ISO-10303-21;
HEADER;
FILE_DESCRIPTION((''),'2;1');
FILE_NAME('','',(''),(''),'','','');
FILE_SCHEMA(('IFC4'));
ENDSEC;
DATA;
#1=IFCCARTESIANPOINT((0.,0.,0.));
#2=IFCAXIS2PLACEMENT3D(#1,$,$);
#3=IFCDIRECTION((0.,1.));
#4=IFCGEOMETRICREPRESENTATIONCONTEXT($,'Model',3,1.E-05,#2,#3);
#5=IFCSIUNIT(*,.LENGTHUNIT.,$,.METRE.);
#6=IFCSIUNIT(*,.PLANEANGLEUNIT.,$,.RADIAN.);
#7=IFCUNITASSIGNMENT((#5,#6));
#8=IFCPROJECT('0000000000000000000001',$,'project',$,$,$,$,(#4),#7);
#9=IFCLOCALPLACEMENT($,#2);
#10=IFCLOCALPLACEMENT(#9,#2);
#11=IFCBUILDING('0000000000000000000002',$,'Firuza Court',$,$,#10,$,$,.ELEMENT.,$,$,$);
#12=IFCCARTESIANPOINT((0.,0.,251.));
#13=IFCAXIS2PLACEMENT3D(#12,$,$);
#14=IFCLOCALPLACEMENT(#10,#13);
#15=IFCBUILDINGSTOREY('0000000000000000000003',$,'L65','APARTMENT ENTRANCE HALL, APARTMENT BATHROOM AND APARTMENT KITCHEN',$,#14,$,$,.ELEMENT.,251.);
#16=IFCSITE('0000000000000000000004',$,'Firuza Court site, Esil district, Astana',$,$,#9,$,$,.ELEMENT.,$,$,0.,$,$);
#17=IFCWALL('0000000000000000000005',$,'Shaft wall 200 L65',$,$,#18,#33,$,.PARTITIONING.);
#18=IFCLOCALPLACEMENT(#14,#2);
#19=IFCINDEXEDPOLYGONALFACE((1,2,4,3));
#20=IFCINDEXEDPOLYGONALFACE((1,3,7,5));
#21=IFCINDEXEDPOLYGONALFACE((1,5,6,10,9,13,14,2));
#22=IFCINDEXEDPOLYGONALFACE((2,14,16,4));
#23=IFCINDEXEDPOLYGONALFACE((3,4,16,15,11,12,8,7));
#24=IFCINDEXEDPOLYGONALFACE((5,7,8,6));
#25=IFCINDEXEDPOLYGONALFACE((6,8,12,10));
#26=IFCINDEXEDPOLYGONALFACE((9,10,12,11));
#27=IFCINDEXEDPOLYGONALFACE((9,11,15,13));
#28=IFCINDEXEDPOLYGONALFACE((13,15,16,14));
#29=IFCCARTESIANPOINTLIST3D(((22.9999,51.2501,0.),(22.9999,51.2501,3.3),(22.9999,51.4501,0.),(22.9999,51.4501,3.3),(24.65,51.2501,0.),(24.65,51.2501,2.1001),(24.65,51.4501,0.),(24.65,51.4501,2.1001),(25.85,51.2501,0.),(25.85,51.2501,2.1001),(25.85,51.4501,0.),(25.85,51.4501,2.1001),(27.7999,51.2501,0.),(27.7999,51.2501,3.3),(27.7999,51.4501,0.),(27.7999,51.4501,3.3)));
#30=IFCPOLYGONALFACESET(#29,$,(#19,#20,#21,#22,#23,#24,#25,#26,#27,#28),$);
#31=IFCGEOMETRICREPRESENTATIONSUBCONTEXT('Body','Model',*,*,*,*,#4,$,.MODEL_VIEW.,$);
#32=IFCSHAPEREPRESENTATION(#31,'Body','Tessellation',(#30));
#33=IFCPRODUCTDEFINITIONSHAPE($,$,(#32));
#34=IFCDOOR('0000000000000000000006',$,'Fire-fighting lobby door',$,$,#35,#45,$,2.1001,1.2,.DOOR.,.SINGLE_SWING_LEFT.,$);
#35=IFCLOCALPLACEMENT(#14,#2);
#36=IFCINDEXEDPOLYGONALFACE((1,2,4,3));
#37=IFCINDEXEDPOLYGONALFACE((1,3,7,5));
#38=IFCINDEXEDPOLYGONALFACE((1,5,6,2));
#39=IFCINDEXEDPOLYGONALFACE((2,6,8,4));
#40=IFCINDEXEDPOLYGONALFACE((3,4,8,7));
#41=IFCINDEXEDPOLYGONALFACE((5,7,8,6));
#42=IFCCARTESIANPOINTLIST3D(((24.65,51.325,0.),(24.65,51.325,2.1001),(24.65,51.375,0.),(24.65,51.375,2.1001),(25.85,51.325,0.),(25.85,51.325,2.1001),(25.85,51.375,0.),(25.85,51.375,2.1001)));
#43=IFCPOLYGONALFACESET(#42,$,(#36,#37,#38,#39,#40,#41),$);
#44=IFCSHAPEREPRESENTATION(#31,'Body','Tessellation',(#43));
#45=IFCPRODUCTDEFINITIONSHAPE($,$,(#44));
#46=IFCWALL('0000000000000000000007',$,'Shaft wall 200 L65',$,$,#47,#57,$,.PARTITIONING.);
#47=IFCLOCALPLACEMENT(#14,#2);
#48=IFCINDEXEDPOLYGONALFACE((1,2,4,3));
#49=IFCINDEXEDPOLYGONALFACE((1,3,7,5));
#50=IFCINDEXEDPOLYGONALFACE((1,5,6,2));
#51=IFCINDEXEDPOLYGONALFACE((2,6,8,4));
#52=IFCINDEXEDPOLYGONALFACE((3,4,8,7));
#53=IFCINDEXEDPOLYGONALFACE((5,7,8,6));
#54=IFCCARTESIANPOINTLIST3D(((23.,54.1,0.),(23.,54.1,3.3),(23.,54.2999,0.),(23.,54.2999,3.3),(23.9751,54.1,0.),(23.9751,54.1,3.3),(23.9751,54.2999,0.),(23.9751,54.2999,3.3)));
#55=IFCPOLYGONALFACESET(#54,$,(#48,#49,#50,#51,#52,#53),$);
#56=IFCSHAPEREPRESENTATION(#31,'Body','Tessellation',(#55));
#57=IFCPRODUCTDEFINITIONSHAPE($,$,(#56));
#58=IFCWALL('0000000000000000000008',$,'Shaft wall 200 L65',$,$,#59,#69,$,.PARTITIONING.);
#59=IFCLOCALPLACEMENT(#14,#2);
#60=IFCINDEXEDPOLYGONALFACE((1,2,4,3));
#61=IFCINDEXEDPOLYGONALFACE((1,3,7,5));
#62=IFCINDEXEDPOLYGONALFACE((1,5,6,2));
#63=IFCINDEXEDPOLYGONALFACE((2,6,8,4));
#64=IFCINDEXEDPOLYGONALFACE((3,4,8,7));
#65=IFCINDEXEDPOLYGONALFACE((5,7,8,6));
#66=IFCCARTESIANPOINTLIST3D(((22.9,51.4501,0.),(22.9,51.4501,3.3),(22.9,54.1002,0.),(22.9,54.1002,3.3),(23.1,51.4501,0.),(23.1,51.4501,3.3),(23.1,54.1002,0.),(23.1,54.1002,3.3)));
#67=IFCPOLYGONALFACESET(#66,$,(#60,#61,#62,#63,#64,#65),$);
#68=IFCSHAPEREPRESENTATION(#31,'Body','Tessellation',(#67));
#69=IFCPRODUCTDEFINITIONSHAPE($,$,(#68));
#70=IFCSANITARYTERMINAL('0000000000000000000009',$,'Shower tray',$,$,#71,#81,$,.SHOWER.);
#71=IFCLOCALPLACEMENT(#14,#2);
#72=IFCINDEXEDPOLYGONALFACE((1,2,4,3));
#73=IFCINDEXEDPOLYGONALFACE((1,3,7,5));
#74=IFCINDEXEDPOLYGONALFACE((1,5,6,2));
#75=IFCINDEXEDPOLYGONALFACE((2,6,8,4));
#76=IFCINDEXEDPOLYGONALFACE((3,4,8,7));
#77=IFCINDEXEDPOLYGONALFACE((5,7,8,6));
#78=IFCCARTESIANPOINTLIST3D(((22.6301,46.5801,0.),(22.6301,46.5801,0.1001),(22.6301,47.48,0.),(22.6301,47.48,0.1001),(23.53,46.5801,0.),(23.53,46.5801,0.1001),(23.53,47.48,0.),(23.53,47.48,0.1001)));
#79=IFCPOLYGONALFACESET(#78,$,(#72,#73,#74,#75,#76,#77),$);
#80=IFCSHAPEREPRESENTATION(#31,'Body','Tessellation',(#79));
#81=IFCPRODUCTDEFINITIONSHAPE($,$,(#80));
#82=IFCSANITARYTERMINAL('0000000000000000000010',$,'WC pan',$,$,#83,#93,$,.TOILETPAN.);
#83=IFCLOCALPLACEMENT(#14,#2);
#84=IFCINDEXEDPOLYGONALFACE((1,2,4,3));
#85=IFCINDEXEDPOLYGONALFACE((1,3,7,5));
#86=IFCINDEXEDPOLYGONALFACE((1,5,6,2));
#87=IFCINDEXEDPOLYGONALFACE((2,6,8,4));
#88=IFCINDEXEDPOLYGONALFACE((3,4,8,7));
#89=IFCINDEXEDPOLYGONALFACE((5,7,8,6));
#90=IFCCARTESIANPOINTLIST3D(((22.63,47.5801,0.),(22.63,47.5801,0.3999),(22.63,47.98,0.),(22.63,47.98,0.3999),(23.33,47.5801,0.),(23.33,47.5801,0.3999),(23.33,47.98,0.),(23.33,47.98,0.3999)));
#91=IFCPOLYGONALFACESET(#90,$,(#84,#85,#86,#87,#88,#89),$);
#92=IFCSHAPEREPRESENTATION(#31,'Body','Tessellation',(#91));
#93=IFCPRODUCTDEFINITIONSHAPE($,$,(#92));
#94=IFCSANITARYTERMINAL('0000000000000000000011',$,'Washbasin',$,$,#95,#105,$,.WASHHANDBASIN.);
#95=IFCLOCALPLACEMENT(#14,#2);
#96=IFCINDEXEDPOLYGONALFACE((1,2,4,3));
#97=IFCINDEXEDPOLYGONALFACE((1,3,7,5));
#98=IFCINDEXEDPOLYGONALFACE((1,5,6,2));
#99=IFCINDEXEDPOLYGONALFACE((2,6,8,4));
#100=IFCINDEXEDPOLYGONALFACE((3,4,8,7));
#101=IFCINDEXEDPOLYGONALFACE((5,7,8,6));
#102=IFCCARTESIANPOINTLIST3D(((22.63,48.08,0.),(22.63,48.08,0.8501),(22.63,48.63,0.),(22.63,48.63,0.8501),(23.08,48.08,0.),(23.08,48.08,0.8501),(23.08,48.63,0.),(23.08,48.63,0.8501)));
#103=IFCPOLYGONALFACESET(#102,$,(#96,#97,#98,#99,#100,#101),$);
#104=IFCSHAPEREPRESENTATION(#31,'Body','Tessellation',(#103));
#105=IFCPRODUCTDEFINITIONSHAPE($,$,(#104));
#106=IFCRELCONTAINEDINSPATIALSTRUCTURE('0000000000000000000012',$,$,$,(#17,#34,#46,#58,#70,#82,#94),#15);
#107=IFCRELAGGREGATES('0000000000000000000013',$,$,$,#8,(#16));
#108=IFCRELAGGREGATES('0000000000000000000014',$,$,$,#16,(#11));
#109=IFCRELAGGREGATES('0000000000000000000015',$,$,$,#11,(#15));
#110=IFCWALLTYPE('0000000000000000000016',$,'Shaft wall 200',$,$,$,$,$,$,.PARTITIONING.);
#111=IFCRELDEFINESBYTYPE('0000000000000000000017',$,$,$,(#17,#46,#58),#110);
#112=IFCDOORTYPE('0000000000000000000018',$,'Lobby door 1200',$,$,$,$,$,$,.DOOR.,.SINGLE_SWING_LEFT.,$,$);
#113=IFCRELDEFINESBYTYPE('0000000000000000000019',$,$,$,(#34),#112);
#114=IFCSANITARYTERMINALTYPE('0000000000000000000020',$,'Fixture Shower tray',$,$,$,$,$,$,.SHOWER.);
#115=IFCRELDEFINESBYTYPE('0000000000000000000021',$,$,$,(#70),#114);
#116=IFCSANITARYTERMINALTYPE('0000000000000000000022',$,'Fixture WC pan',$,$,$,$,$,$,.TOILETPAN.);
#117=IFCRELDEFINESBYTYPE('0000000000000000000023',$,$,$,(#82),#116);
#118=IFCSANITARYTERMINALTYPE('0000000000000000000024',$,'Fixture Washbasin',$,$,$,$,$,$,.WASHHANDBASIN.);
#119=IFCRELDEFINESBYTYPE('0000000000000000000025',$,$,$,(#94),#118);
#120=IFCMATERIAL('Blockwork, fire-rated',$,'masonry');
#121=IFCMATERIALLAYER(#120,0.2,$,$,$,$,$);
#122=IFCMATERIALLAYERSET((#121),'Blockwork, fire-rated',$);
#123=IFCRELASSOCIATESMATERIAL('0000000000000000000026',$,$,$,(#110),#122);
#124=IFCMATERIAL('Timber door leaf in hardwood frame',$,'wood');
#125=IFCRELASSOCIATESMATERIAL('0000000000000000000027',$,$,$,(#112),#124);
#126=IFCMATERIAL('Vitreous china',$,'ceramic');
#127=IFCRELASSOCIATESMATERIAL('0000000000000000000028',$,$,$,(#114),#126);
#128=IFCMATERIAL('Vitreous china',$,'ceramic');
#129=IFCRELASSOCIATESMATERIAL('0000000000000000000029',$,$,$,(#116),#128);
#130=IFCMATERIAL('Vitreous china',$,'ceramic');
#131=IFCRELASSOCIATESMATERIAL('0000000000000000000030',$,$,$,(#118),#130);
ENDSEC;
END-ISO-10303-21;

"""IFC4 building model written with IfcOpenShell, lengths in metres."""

from ifc_helpers import new_model, si_unit, direction, frame, frame_2d, origin, origin_2d, place, context, subcontext, project, spatial, rectangle, extrude, material, layer, layer_set, type_object, element, fill, save


model = new_model("IFC4")

# Units and contexts
model_context = context("Model", 3, precision=1e-05, world=origin(), true_north=direction((0.0, 1.0)))
body_context = subcontext(model_context, "Body", "Model", "MODEL_VIEW")
ifc_project = project(units=[si_unit("LENGTHUNIT", "METRE"), si_unit("PLANEANGLEUNIT", "RADIAN")], contexts=[model_context])

# Site, building, storey
site_placement = place(None, origin())
site = spatial("IfcSite", under=ifc_project, at=site_placement, Name="Firuza Court site, Esil district, Astana", CompositionType="ELEMENT", RefElevation=0.0)
building_placement = place(site_placement, origin())
building = spatial("IfcBuilding", under=site, at=building_placement, Name="Firuza Court", CompositionType="ELEMENT")
storey_placement = place(building_placement, frame((0.0, 0.0, 251.0)))
storey = spatial("IfcBuildingStorey", under=building, at=storey_placement, Name="L65", Description="APARTMENT ENTRANCE HALL, APARTMENT BATHROOM AND APARTMENT KITCHEN", CompositionType="ELEMENT", Elevation=251.0)

# Shared definitions
ifc_material_1 = material(Name="Blockwork, fire-rated", Category="masonry")

# Wall, opening, door
ifc_layer_1 = layer(ifc_material_1, 0.2)
ifc_layer_set_1 = layer_set([ifc_layer_1], Name="Blockwork, fire-rated")
wall_type_1 = type_object("IfcWallType", Name="Shaft wall 200", PredefinedType="PARTITIONING", material=ifc_layer_set_1)
wall_1_placement = place(storey_placement, frame((23.0, 51.3501, 0.0), z_axis=(0.0, 0.0, 1.0), x_axis=(1.0, 0.0, 0.0)))
wall_1 = element("IfcWall", 1, at=wall_1_placement, inside=storey, type_object=wall_type_1, Name="Shaft wall 200 L65", PredefinedType="PARTITIONING", context=body_context, shape_type="SweptSolid", body=[
    extrude(rectangle(XDim=4.8, YDim=0.2, at=frame_2d((2.3999, 0.0))), origin(), (0.0, 0.0, 1.0), 3.3),
])
opening_1_placement = place(wall_1_placement, frame((1.6499, 0.0, 0.0)))
opening_1 = element("IfcOpeningElement", 2, at=opening_1_placement, cuts=wall_1, PredefinedType="OPENING", context=body_context, shape_type="SweptSolid", body=[
    extrude(rectangle(XDim=1.2, YDim=2.1001, at=frame_2d((0.6001, 1.05))), frame((0.0, 0.1118, 0.0), z_axis=(0.0, -1.0, 0.0), x_axis=(1.0, 0.0, 0.0)), (0.0, 0.0, 1.0), 0.2239),
])
ifc_material_2 = material(Name="Timber door leaf in hardwood frame", Category="wood")
door_type_1 = type_object("IfcDoorType", Name="Lobby door 1200", OperationType="SINGLE_SWING_LEFT", PredefinedType="DOOR", material=ifc_material_2)
door_1_placement = place(opening_1_placement, origin())
door_1 = element("IfcDoor", 3, at=door_1_placement, inside=storey, type_object=door_type_1, Name="Fire-fighting lobby door", OperationType="SINGLE_SWING_LEFT", OverallHeight=2.1001, OverallWidth=1.2, PredefinedType="DOOR", context=body_context, shape_type="SweptSolid", body=[
    extrude(rectangle(XDim=1.2, YDim=2.1001, at=frame_2d((0.6001, 1.05))), frame((0.0, 0.0249, 0.0), z_axis=(0.0, -1.0, 0.0), x_axis=(1.0, 0.0, 0.0)), (0.0, 0.0, 1.0), 0.05),
])
fill(opening_1, door_1)

# Walls
wall_2_placement = place(storey_placement, frame((23.0, 54.2, 0.0), z_axis=(0.0, 0.0, 1.0), x_axis=(1.0, 0.0, 0.0)))
element("IfcWall", 4, at=wall_2_placement, inside=storey, type_object=wall_type_1, Name="Shaft wall 200 L65", PredefinedType="PARTITIONING", context=body_context, shape_type="SweptSolid", body=[
    extrude(rectangle(XDim=0.9751, YDim=0.2, at=frame_2d((0.4875, 0.0))), origin(), (0.0, 0.0, 1.0), 3.3),
])
wall_3_placement = place(storey_placement, frame((23.0, 51.45, 0.0), z_axis=(0.0, 0.0, 1.0), x_axis=(0.0, 1.0, 0.0)))
element("IfcWall", 5, at=wall_3_placement, inside=storey, type_object=wall_type_1, Name="Shaft wall 200 L65", PredefinedType="PARTITIONING", context=body_context, shape_type="SweptSolid", body=[
    extrude(rectangle(XDim=2.6501, YDim=0.2, at=frame_2d((1.3252, 0.0))), origin(), (0.0, 0.0, 1.0), 3.3),
])

# Sanitary terminals
ifc_material_3 = material(Name="Vitreous china", Category="ceramic")
sanitary_terminal_type_1 = type_object("IfcSanitaryTerminalType", Name="Fixture Shower tray", PredefinedType="SHOWER", material=ifc_material_3)
sanitary_terminal_1_placement = place(storey_placement, frame((23.0801, 47.03, 0.0), z_axis=(0.0, 0.0, 1.0), x_axis=(1.0, 0.0, 0.0)))
element("IfcSanitaryTerminal", 6, at=sanitary_terminal_1_placement, inside=storey, type_object=sanitary_terminal_type_1, Name="Shower tray", PredefinedType="SHOWER", context=body_context, shape_type="SweptSolid", body=[
    extrude(rectangle(XDim=0.8999, YDim=0.8999, at=origin_2d()), origin(), (0.0, 0.0, 1.0), 0.1001),
])
ifc_material_4 = material(Name="Vitreous china", Category="ceramic")
sanitary_terminal_type_2 = type_object("IfcSanitaryTerminalType", Name="Fixture WC pan", PredefinedType="TOILETPAN", material=ifc_material_4)
sanitary_terminal_2_placement = place(storey_placement, frame((22.98, 47.78, 0.0), z_axis=(0.0, 0.0, 1.0), x_axis=(1.0, 0.0, 0.0)))
element("IfcSanitaryTerminal", 7, at=sanitary_terminal_2_placement, inside=storey, type_object=sanitary_terminal_type_2, Name="WC pan", PredefinedType="TOILETPAN", context=body_context, shape_type="SweptSolid", body=[
    extrude(rectangle(XDim=0.7, YDim=0.3999, at=origin_2d()), origin(), (0.0, 0.0, 1.0), 0.3999),
])
ifc_material_5 = material(Name="Vitreous china", Category="ceramic")
sanitary_terminal_type_3 = type_object("IfcSanitaryTerminalType", Name="Fixture Washbasin", PredefinedType="WASHHANDBASIN", material=ifc_material_5)
sanitary_terminal_3_placement = place(storey_placement, frame((22.855, 48.355, 0.0), z_axis=(0.0, 0.0, 1.0), x_axis=(1.0, 0.0, 0.0)))
element("IfcSanitaryTerminal", 8, at=sanitary_terminal_3_placement, inside=storey, type_object=sanitary_terminal_type_3, Name="Washbasin", PredefinedType="WASHHANDBASIN", context=body_context, shape_type="SweptSolid", body=[
    extrude(rectangle(XDim=0.45, YDim=0.55, at=origin_2d()), origin(), (0.0, 0.0, 1.0), 0.8501),
])

save(model, "model.ifc")
